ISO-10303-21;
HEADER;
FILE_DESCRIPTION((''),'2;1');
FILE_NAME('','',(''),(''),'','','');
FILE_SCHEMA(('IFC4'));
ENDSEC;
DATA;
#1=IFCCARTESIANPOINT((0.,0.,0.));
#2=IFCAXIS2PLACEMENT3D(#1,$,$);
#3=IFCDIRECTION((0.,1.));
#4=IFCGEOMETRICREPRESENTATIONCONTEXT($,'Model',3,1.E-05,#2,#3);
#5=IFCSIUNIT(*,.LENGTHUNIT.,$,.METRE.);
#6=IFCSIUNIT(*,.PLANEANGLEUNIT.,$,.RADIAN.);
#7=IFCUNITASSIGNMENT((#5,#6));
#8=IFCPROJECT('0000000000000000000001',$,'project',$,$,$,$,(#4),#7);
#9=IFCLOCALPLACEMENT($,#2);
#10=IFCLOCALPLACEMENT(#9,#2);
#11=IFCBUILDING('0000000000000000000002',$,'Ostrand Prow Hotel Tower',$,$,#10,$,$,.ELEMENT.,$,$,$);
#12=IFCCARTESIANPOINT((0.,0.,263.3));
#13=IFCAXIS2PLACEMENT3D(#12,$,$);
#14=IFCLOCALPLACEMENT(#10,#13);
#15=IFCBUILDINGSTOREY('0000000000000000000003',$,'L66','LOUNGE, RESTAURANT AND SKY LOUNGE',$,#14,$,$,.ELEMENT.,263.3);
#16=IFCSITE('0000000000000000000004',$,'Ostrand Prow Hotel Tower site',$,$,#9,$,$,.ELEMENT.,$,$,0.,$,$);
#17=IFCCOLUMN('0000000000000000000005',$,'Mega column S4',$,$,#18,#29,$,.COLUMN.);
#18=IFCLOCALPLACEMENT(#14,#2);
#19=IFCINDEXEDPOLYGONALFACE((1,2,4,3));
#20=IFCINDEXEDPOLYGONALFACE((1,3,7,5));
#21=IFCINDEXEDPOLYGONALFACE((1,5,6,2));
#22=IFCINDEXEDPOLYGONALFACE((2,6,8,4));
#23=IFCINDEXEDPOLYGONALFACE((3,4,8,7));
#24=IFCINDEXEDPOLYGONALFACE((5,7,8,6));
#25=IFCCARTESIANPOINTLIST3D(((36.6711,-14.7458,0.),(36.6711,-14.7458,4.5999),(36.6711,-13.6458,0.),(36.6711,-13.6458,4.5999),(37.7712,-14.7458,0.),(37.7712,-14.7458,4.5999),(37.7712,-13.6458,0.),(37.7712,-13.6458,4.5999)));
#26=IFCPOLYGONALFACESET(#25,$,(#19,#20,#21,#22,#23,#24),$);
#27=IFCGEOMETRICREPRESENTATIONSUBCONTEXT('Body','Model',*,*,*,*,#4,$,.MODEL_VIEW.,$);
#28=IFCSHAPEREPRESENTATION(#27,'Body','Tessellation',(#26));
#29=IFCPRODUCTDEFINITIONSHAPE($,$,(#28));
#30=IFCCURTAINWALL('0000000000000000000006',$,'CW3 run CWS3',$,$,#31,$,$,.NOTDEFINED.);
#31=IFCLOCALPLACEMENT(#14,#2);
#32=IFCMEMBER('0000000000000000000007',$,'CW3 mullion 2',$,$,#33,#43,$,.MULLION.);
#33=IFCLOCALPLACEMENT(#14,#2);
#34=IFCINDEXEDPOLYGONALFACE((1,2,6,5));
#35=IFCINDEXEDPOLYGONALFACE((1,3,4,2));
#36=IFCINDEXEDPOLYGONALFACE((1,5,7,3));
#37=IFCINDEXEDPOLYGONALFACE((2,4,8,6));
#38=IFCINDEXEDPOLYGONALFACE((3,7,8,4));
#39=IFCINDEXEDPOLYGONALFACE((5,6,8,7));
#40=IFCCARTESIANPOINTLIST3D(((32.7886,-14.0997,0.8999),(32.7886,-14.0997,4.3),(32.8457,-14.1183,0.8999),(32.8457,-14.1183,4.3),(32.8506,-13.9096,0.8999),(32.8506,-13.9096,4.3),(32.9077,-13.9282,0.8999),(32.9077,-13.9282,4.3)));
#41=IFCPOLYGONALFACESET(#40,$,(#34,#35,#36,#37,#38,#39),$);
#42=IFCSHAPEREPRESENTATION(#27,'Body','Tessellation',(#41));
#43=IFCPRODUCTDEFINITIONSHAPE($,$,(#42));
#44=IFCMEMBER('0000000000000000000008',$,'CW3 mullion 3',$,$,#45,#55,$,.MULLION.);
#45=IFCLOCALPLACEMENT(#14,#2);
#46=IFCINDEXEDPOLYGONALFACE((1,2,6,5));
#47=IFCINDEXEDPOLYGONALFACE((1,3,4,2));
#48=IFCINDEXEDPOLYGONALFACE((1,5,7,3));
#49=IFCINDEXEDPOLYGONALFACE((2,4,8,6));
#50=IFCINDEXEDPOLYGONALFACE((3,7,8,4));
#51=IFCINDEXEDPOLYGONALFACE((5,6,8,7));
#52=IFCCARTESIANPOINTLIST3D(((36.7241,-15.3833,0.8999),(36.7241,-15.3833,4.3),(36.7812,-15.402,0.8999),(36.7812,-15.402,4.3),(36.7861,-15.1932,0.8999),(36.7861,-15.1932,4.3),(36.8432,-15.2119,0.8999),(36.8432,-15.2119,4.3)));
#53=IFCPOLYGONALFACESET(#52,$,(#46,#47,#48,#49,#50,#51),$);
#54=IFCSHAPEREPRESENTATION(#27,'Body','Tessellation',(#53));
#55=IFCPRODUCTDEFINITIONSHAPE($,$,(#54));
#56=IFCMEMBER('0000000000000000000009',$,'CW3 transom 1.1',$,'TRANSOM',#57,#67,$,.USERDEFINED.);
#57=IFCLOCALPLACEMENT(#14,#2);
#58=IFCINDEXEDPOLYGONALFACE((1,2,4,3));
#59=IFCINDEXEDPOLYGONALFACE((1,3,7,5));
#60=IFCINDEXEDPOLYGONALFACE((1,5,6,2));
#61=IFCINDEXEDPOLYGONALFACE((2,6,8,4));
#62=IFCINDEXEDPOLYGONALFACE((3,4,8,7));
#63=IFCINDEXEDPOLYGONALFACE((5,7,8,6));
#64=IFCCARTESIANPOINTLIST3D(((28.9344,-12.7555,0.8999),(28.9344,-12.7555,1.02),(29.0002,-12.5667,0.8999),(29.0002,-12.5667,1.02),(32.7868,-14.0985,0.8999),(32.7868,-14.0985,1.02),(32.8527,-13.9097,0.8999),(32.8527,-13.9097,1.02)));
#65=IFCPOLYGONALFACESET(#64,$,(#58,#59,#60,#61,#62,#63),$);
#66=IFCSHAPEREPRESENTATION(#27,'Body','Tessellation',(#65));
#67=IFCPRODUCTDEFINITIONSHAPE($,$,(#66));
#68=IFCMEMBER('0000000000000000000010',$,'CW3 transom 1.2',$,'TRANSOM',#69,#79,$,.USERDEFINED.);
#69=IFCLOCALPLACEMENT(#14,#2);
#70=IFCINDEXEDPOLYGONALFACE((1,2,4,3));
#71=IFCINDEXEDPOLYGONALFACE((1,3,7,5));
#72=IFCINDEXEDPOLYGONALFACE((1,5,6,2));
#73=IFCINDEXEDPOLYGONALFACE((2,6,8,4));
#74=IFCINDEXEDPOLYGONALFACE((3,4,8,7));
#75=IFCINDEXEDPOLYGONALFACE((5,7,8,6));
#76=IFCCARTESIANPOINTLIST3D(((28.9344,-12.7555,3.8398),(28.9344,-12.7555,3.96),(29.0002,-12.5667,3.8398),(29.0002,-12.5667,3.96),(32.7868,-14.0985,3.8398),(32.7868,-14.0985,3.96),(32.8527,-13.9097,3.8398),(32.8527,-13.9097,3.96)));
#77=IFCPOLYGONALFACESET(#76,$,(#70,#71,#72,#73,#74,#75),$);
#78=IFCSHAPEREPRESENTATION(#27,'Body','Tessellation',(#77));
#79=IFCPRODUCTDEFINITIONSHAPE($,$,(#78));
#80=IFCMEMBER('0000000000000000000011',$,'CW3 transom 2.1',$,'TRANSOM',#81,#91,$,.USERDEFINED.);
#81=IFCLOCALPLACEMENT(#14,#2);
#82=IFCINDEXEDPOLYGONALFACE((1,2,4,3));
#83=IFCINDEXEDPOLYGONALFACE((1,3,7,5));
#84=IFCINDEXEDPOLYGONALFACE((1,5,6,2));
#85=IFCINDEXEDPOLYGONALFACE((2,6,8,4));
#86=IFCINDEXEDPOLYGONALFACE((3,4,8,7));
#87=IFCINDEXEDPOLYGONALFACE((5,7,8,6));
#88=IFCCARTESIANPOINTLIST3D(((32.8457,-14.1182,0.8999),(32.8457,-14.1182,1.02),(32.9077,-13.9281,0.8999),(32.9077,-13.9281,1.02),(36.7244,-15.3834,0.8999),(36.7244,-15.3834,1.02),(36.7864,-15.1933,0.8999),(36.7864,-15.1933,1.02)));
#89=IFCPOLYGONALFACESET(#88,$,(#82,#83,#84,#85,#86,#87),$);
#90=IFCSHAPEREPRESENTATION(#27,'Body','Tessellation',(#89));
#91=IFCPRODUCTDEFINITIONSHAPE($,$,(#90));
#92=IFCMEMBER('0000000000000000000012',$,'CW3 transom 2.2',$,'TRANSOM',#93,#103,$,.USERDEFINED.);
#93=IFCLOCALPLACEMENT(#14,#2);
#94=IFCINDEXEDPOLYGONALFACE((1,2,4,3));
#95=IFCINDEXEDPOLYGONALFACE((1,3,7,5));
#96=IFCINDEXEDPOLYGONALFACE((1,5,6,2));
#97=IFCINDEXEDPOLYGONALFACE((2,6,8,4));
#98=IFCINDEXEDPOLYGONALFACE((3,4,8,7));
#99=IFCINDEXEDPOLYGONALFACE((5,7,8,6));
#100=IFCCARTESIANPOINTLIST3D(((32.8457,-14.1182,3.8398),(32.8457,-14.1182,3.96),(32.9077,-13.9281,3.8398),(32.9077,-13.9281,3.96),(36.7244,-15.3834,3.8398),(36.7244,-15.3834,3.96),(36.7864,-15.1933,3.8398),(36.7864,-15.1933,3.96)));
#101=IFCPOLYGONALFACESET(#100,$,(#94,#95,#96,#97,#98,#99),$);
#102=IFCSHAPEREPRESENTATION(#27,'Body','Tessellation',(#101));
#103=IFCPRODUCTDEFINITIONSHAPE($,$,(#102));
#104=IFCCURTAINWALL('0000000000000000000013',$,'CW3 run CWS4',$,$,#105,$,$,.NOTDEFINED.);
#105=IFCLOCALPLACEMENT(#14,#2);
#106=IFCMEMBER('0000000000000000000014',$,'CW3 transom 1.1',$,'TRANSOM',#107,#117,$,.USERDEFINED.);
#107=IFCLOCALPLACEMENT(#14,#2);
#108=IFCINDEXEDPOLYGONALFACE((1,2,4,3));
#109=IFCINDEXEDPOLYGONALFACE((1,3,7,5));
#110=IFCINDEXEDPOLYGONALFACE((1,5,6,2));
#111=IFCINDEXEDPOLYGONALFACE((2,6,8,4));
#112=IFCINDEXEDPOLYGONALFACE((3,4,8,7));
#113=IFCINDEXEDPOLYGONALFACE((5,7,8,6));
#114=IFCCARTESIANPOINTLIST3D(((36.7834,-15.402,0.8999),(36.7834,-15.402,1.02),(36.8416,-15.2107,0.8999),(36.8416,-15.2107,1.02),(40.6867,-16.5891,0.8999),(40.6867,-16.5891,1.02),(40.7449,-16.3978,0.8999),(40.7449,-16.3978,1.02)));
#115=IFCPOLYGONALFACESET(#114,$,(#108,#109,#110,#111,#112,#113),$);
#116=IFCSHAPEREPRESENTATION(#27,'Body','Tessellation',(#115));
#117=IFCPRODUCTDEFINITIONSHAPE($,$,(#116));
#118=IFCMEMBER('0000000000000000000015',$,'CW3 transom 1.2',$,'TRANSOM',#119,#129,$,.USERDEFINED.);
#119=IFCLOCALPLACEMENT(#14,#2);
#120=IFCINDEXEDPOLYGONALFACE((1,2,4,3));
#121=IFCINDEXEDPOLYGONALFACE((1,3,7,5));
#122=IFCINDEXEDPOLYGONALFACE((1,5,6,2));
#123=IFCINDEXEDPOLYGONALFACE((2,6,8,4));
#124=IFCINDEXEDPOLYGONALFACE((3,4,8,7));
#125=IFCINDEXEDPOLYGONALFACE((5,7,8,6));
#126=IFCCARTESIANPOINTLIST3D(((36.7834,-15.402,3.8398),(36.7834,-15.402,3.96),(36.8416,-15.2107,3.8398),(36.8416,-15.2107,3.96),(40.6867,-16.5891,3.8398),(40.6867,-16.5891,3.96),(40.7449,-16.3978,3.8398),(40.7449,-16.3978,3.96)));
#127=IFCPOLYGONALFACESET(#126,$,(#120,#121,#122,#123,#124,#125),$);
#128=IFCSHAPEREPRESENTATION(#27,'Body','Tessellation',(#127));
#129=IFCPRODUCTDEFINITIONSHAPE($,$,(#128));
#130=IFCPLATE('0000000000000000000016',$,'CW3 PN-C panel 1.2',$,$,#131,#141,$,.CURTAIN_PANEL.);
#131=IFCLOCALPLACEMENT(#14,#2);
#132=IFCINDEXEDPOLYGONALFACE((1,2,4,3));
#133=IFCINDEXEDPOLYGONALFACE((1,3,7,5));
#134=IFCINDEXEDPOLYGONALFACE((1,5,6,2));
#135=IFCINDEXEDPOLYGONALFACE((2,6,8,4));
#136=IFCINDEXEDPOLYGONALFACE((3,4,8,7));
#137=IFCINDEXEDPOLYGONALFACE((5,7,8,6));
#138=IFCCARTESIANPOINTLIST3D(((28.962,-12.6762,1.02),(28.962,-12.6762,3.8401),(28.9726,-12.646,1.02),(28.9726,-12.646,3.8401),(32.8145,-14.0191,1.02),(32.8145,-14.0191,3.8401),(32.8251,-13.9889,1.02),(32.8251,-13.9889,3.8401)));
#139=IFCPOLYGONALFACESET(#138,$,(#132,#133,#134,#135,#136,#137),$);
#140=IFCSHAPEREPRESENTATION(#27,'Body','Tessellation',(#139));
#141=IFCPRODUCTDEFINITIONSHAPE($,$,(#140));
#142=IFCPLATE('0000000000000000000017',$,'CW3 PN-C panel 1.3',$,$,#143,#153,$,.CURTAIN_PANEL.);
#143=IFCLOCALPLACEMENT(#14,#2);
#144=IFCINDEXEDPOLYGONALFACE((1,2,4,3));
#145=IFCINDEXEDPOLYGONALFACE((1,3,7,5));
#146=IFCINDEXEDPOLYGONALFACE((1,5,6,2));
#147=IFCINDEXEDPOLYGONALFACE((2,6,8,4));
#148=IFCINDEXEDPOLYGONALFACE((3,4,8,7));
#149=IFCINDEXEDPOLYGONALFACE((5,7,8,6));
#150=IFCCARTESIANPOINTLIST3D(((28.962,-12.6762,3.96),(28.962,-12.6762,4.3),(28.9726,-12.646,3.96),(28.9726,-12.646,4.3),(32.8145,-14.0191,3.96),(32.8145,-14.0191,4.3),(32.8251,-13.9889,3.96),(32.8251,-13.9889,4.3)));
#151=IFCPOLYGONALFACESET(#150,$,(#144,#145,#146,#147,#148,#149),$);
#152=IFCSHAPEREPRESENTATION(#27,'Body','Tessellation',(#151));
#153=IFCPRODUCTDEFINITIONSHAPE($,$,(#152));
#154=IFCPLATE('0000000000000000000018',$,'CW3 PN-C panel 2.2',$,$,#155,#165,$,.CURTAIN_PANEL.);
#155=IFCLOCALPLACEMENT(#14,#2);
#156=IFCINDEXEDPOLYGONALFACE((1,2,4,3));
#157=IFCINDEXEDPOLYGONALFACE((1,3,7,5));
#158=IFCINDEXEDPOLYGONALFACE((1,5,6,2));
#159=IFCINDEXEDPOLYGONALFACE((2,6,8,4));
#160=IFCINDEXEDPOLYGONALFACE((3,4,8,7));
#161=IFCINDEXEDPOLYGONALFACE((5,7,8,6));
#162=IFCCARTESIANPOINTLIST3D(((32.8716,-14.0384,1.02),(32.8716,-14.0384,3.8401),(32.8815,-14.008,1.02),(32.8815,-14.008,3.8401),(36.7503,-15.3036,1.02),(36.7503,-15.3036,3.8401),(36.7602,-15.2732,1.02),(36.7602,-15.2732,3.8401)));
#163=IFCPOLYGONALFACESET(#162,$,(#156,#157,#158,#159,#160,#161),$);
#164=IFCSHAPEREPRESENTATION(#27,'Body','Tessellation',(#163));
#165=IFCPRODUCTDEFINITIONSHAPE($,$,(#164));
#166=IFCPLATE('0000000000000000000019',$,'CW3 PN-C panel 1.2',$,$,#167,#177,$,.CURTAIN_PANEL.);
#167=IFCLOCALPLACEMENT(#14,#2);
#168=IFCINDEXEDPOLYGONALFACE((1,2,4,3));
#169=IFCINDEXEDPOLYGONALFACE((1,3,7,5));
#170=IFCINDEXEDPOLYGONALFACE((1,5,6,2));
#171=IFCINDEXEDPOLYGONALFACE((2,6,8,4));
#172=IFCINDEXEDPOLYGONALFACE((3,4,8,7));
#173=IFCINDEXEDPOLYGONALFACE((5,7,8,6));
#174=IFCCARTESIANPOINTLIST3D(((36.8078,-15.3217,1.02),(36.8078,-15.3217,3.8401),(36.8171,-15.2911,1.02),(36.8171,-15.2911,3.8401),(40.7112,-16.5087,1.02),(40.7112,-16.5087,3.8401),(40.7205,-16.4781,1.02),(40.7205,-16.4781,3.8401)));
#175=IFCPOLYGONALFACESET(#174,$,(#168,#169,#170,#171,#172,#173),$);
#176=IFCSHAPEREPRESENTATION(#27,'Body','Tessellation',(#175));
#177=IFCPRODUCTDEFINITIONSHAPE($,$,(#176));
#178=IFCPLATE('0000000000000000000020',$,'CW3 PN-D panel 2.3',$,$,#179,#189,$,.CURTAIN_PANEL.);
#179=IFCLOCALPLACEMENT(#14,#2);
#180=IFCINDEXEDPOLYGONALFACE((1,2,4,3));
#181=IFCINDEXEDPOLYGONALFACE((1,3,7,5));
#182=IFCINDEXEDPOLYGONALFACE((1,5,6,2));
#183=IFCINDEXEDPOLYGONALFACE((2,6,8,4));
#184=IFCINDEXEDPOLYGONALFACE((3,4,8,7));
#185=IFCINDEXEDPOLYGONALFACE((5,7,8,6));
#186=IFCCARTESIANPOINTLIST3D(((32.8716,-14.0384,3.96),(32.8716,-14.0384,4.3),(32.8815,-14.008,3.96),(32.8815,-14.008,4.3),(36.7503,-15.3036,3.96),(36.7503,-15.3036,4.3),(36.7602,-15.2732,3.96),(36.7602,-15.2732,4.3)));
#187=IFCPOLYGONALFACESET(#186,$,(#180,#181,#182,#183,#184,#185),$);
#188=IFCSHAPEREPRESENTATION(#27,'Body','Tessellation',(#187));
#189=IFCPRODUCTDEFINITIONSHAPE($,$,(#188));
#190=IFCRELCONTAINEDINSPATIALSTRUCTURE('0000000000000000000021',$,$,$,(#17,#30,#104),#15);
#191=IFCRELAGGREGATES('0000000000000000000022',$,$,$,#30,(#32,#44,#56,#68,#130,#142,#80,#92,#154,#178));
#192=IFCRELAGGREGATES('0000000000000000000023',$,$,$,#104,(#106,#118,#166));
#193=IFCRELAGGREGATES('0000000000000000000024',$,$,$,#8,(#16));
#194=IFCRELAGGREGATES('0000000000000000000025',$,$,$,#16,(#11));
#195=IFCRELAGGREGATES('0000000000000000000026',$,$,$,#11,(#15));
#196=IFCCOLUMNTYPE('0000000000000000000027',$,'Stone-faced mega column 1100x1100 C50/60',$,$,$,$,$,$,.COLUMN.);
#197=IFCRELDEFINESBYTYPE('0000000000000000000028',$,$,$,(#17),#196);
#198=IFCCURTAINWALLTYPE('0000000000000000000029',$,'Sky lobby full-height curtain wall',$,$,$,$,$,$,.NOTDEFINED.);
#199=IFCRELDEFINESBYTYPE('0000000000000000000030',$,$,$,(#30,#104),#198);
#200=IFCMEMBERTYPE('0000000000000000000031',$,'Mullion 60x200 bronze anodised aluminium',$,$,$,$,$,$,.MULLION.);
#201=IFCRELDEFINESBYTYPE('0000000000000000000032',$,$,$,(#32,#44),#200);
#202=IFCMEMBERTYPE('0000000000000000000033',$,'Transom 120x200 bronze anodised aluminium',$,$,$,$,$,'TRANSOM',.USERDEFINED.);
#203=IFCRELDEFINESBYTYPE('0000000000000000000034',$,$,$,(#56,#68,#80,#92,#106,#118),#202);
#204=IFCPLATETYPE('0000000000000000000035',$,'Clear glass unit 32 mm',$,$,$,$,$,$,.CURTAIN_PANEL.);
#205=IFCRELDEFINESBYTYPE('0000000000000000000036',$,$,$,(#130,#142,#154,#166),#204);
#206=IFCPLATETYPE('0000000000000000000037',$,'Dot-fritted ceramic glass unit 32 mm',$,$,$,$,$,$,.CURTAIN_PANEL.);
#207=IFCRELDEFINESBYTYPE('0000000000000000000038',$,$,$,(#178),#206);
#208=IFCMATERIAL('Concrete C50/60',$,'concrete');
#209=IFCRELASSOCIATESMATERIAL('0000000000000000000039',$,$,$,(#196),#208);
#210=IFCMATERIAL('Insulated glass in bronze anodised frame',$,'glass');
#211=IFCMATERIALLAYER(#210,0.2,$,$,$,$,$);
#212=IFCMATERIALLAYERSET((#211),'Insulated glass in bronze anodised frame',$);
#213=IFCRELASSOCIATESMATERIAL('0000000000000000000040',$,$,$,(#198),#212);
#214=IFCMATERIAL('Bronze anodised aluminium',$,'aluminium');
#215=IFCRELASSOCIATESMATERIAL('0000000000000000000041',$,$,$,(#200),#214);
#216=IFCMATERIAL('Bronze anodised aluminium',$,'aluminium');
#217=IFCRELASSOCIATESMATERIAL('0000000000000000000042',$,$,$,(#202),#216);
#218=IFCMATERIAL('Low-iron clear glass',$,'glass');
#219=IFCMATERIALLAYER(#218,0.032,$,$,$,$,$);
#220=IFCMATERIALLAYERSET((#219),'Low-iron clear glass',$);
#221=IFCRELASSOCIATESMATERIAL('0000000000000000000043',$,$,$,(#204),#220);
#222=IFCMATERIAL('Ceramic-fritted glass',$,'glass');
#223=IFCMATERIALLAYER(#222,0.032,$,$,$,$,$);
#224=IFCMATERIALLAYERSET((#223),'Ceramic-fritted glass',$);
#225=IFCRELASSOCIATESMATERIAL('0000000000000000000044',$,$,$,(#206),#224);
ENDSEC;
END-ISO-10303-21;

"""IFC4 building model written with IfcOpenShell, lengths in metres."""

from ifc_helpers import new_model, si_unit, direction, frame, origin, origin_2d, place, context, subcontext, project, spatial, rectangle, extrude, material, layer, layer_set, material_profile, profile_set, type_object, element, aggregate, save


model = new_model("IFC4")

# Units and contexts
model_context = context("Model", 3, precision=1e-05, world=origin(), true_north=direction((0.0, 1.0)))
body_context = subcontext(model_context, "Body", "Model", "MODEL_VIEW")
ifc_project = project(units=[si_unit("LENGTHUNIT", "METRE"), si_unit("PLANEANGLEUNIT", "RADIAN")], contexts=[model_context])

# Site, building, storey
site_placement = place(None, origin())
site = spatial("IfcSite", under=ifc_project, at=site_placement, Name="Ostrand Prow Hotel Tower site", CompositionType="ELEMENT", RefElevation=0.0)
building_placement = place(site_placement, origin())
building = spatial("IfcBuilding", under=site, at=building_placement, Name="Ostrand Prow Hotel Tower", CompositionType="ELEMENT")
storey_placement = place(building_placement, frame((0.0, 0.0, 263.3)))
storey = spatial("IfcBuildingStorey", under=building, at=storey_placement, Name="L66", Description="LOUNGE, RESTAURANT AND SKY LOUNGE", CompositionType="ELEMENT", Elevation=263.3)

# Column
ifc_material_1 = material(Name="Concrete C50/60", Category="concrete")
ifc_material_profile_1 = material_profile(ifc_material_1, rectangle(XDim=1.1001, YDim=1.1001, at=origin_2d()), Name="RC 1100x1100")
ifc_profile_set_1 = profile_set([ifc_material_profile_1], Name="Concrete C50/60")
column_type = type_object("IfcColumnType", Name="Stone-faced mega column 1100x1100 C50/60", PredefinedType="COLUMN", material=ifc_profile_set_1)
column_placement = place(storey_placement, frame((37.2212, -14.1958, 0.0), z_axis=(0.0, 0.0, 1.0), x_axis=(1.0, 0.0, 0.0)))
element("IfcColumn", 1, at=column_placement, inside=storey, type_object=column_type, Name="Mega column S4", PredefinedType="COLUMN", context=body_context, shape_type="SweptSolid", body=[
    extrude(rectangle(XDim=1.1001, YDim=1.1001, at=origin_2d()), origin(), (0.0, 0.0, 1.0), 4.5999),
])

# Curtain walls, members
ifc_material_2 = material(Name="Insulated glass in bronze anodised frame", Category="glass")
ifc_layer_1 = layer(ifc_material_2, 0.2)
ifc_layer_set_1 = layer_set([ifc_layer_1], Name="Insulated glass in bronze anodised frame")
curtain_wall_type = type_object("IfcCurtainWallType", Name="Sky lobby full-height curtain wall", PredefinedType="NOTDEFINED", material=ifc_layer_set_1)
curtain_wall_1_placement = place(storey_placement, origin())
curtain_wall_1 = element("IfcCurtainWall", 2, at=curtain_wall_1_placement, inside=storey, type_object=curtain_wall_type, Name="CW3 run CWS3", PredefinedType="NOTDEFINED")
ifc_material_3 = material(Name="Bronze anodised aluminium", Category="aluminium")
ifc_material_profile_2 = material_profile(ifc_material_3, rectangle(XDim=0.2, YDim=0.0601, at=origin_2d()), Name="Mullion 60x200 bronze anodised aluminium")
ifc_profile_set_2 = profile_set([ifc_material_profile_2], Name="Bronze anodised aluminium")
member_type_1 = type_object("IfcMemberType", Name="Mullion 60x200 bronze anodised aluminium", PredefinedType="MULLION", material=ifc_profile_set_2)
member_1_placement = place(storey_placement, frame((32.8481, -14.0139, 0.8999), z_axis=(0.0, 0.0, 1.0), x_axis=(0.310111, 0.9507, 0.0)))
member_1 = element("IfcMember", 3, at=member_1_placement, type_object=member_type_1, Name="CW3 mullion 2", PredefinedType="MULLION", context=body_context, shape_type="SweptSolid", body=[
    extrude(rectangle(XDim=0.2, YDim=0.0601, at=origin_2d()), origin(), (0.0, 0.0, 1.0), 3.4001),
])
member_2_placement = place(storey_placement, frame((36.7837, -15.2976, 0.8999), z_axis=(0.0, 0.0, 1.0), x_axis=(0.310111, 0.9507, 0.0)))
member_2 = element("IfcMember", 4, at=member_2_placement, type_object=member_type_1, Name="CW3 mullion 3", PredefinedType="MULLION", context=body_context, shape_type="SweptSolid", body=[
    extrude(rectangle(XDim=0.2, YDim=0.0601, at=origin_2d()), origin(), (0.0, 0.0, 1.0), 3.4001),
])
ifc_material_4 = material(Name="Bronze anodised aluminium", Category="aluminium")
ifc_material_profile_3 = material_profile(ifc_material_4, rectangle(XDim=0.2, YDim=0.1201, at=origin_2d()), Name="Transom 120x200 bronze anodised aluminium")
ifc_profile_set_3 = profile_set([ifc_material_profile_3], Name="Bronze anodised aluminium")
member_type_2 = type_object("IfcMemberType", Name="Transom 120x200 bronze anodised aluminium", ElementType="TRANSOM", PredefinedType="USERDEFINED", material=ifc_profile_set_3)
member_3_placement = place(storey_placement, frame((28.9673, -12.6611, 0.96), z_axis=(0.944268, -0.329177, 0.0), x_axis=(0.329177, 0.944268, 0.0)))
member_3 = element("IfcMember", 5, at=member_3_placement, type_object=member_type_2, Name="CW3 transom 1.1", ObjectType="TRANSOM", PredefinedType="USERDEFINED", context=body_context, shape_type="SweptSolid", body=[
    extrude(rectangle(XDim=0.2, YDim=0.1201, at=origin_2d()), origin(), (0.0, 0.0, 1.0), 4.0798),
])
member_4_placement = place(storey_placement, frame((28.9673, -12.6611, 3.8999), z_axis=(0.944268, -0.329177, 0.0), x_axis=(0.329177, 0.944268, 0.0)))
member_4 = element("IfcMember", 6, at=member_4_placement, type_object=member_type_2, Name="CW3 transom 1.2", ObjectType="TRANSOM", PredefinedType="USERDEFINED", context=body_context, shape_type="SweptSolid", body=[
    extrude(rectangle(XDim=0.2, YDim=0.1201, at=origin_2d()), origin(), (0.0, 0.0, 1.0), 4.0798),
])
member_5_placement = place(storey_placement, frame((32.8767, -14.0232, 0.96), z_axis=(0.950704, -0.310099, 0.0), x_axis=(0.310099, 0.950704, 0.0)))
member_5 = element("IfcMember", 7, at=member_5_placement, type_object=member_type_2, Name="CW3 transom 2.1", ObjectType="TRANSOM", PredefinedType="USERDEFINED", context=body_context, shape_type="SweptSolid", body=[
    extrude(rectangle(XDim=0.2, YDim=0.1201, at=origin_2d()), origin(), (0.0, 0.0, 1.0), 4.0798),
])
member_6_placement = place(storey_placement, frame((32.8767, -14.0232, 3.8999), z_axis=(0.950704, -0.310099, 0.0), x_axis=(0.310099, 0.950704, 0.0)))
member_6 = element("IfcMember", 8, at=member_6_placement, type_object=member_type_2, Name="CW3 transom 2.2", ObjectType="TRANSOM", PredefinedType="USERDEFINED", context=body_context, shape_type="SweptSolid", body=[
    extrude(rectangle(XDim=0.2, YDim=0.1201, at=origin_2d()), origin(), (0.0, 0.0, 1.0), 4.0798),
])
curtain_wall_2_placement = place(storey_placement, origin())
curtain_wall_2 = element("IfcCurtainWall", 9, at=curtain_wall_2_placement, inside=storey, type_object=curtain_wall_type, Name="CW3 run CWS4", PredefinedType="NOTDEFINED")
member_7_placement = place(storey_placement, frame((36.8125, -15.3064, 0.96), z_axis=(0.956739, -0.290947, 0.0), x_axis=(0.290947, 0.956739, 0.0)))
member_7 = element("IfcMember", 10, at=member_7_placement, type_object=member_type_2, Name="CW3 transom 1.1", ObjectType="TRANSOM", PredefinedType="USERDEFINED", context=body_context, shape_type="SweptSolid", body=[
    extrude(rectangle(XDim=0.2, YDim=0.1201, at=origin_2d()), origin(), (0.0, 0.0, 1.0), 4.0798),
])
member_8_placement = place(storey_placement, frame((36.8125, -15.3064, 3.8999), z_axis=(0.956739, -0.290947, 0.0), x_axis=(0.290947, 0.956739, 0.0)))
member_8 = element("IfcMember", 11, at=member_8_placement, type_object=member_type_2, Name="CW3 transom 1.2", ObjectType="TRANSOM", PredefinedType="USERDEFINED", context=body_context, shape_type="SweptSolid", body=[
    extrude(rectangle(XDim=0.2, YDim=0.1201, at=origin_2d()), origin(), (0.0, 0.0, 1.0), 4.0798),
])

# Plates
ifc_material_5 = material(Name="Low-iron clear glass", Category="glass")
ifc_layer_2 = layer(ifc_material_5, 0.032)
ifc_layer_set_2 = layer_set([ifc_layer_2], Name="Low-iron clear glass")
plate_type_1 = type_object("IfcPlateType", Name="Clear glass unit 32 mm", PredefinedType="CURTAIN_PANEL", material=ifc_layer_set_2)
plate_1_placement = place(storey_placement, frame((30.8936, -13.3325, 1.02), z_axis=(0.0, 0.0, 1.0), x_axis=(0.944275, -0.329158, 0.0)))
plate_1 = element("IfcPlate", 12, at=plate_1_placement, type_object=plate_type_1, Name="CW3 PN-C panel 1.2", PredefinedType="CURTAIN_PANEL", context=body_context, shape_type="SweptSolid", body=[
    extrude(rectangle(XDim=4.0798, YDim=0.032, at=origin_2d()), origin(), (0.0, 0.0, 1.0), 2.8201),
])
plate_2_placement = place(storey_placement, frame((30.8936, -13.3325, 3.96), z_axis=(0.0, 0.0, 1.0), x_axis=(0.944275, -0.329158, 0.0)))
plate_2 = element("IfcPlate", 13, at=plate_2_placement, type_object=plate_type_1, Name="CW3 PN-C panel 1.3", PredefinedType="CURTAIN_PANEL", context=body_context, shape_type="SweptSolid", body=[
    extrude(rectangle(XDim=4.0798, YDim=0.032, at=origin_2d()), origin(), (0.0, 0.0, 1.0), 0.3401),
])
plate_3_placement = place(storey_placement, frame((34.8159, -14.6558, 1.02), z_axis=(0.0, 0.0, 1.0), x_axis=(0.9507, -0.310111, 0.0)))
plate_3 = element("IfcPlate", 14, at=plate_3_placement, type_object=plate_type_1, Name="CW3 PN-C panel 2.2", PredefinedType="CURTAIN_PANEL", context=body_context, shape_type="SweptSolid", body=[
    extrude(rectangle(XDim=4.0798, YDim=0.032, at=origin_2d()), origin(), (0.0, 0.0, 1.0), 2.8201),
])
plate_4_placement = place(storey_placement, frame((38.7642, -15.8999, 1.02), z_axis=(0.0, 0.0, 1.0), x_axis=(0.956742, -0.290938, 0.0)))
plate_4 = element("IfcPlate", 15, at=plate_4_placement, type_object=plate_type_1, Name="CW3 PN-C panel 1.2", PredefinedType="CURTAIN_PANEL", context=body_context, shape_type="SweptSolid", body=[
    extrude(rectangle(XDim=4.0798, YDim=0.032, at=origin_2d()), origin(), (0.0, 0.0, 1.0), 2.8201),
])
ifc_material_6 = material(Name="Ceramic-fritted glass", Category="glass")
ifc_layer_3 = layer(ifc_material_6, 0.032)
ifc_layer_set_3 = layer_set([ifc_layer_3], Name="Ceramic-fritted glass")
plate_type_2 = type_object("IfcPlateType", Name="Dot-fritted ceramic glass unit 32 mm", PredefinedType="CURTAIN_PANEL", material=ifc_layer_set_3)
plate_5_placement = place(storey_placement, frame((34.8159, -14.6558, 3.96), z_axis=(0.0, 0.0, 1.0), x_axis=(0.9507, -0.310111, 0.0)))
plate_5 = element("IfcPlate", 16, at=plate_5_placement, type_object=plate_type_2, Name="CW3 PN-D panel 2.3", PredefinedType="CURTAIN_PANEL", context=body_context, shape_type="SweptSolid", body=[
    extrude(rectangle(XDim=4.0798, YDim=0.032, at=origin_2d()), origin(), (0.0, 0.0, 1.0), 0.3401),
])
aggregate(curtain_wall_1, [member_1, member_2, member_3, member_4, plate_1, plate_2, member_5, member_6, plate_3, plate_5])
aggregate(curtain_wall_2, [member_7, member_8, plate_4])

save(model, "model.ifc")
